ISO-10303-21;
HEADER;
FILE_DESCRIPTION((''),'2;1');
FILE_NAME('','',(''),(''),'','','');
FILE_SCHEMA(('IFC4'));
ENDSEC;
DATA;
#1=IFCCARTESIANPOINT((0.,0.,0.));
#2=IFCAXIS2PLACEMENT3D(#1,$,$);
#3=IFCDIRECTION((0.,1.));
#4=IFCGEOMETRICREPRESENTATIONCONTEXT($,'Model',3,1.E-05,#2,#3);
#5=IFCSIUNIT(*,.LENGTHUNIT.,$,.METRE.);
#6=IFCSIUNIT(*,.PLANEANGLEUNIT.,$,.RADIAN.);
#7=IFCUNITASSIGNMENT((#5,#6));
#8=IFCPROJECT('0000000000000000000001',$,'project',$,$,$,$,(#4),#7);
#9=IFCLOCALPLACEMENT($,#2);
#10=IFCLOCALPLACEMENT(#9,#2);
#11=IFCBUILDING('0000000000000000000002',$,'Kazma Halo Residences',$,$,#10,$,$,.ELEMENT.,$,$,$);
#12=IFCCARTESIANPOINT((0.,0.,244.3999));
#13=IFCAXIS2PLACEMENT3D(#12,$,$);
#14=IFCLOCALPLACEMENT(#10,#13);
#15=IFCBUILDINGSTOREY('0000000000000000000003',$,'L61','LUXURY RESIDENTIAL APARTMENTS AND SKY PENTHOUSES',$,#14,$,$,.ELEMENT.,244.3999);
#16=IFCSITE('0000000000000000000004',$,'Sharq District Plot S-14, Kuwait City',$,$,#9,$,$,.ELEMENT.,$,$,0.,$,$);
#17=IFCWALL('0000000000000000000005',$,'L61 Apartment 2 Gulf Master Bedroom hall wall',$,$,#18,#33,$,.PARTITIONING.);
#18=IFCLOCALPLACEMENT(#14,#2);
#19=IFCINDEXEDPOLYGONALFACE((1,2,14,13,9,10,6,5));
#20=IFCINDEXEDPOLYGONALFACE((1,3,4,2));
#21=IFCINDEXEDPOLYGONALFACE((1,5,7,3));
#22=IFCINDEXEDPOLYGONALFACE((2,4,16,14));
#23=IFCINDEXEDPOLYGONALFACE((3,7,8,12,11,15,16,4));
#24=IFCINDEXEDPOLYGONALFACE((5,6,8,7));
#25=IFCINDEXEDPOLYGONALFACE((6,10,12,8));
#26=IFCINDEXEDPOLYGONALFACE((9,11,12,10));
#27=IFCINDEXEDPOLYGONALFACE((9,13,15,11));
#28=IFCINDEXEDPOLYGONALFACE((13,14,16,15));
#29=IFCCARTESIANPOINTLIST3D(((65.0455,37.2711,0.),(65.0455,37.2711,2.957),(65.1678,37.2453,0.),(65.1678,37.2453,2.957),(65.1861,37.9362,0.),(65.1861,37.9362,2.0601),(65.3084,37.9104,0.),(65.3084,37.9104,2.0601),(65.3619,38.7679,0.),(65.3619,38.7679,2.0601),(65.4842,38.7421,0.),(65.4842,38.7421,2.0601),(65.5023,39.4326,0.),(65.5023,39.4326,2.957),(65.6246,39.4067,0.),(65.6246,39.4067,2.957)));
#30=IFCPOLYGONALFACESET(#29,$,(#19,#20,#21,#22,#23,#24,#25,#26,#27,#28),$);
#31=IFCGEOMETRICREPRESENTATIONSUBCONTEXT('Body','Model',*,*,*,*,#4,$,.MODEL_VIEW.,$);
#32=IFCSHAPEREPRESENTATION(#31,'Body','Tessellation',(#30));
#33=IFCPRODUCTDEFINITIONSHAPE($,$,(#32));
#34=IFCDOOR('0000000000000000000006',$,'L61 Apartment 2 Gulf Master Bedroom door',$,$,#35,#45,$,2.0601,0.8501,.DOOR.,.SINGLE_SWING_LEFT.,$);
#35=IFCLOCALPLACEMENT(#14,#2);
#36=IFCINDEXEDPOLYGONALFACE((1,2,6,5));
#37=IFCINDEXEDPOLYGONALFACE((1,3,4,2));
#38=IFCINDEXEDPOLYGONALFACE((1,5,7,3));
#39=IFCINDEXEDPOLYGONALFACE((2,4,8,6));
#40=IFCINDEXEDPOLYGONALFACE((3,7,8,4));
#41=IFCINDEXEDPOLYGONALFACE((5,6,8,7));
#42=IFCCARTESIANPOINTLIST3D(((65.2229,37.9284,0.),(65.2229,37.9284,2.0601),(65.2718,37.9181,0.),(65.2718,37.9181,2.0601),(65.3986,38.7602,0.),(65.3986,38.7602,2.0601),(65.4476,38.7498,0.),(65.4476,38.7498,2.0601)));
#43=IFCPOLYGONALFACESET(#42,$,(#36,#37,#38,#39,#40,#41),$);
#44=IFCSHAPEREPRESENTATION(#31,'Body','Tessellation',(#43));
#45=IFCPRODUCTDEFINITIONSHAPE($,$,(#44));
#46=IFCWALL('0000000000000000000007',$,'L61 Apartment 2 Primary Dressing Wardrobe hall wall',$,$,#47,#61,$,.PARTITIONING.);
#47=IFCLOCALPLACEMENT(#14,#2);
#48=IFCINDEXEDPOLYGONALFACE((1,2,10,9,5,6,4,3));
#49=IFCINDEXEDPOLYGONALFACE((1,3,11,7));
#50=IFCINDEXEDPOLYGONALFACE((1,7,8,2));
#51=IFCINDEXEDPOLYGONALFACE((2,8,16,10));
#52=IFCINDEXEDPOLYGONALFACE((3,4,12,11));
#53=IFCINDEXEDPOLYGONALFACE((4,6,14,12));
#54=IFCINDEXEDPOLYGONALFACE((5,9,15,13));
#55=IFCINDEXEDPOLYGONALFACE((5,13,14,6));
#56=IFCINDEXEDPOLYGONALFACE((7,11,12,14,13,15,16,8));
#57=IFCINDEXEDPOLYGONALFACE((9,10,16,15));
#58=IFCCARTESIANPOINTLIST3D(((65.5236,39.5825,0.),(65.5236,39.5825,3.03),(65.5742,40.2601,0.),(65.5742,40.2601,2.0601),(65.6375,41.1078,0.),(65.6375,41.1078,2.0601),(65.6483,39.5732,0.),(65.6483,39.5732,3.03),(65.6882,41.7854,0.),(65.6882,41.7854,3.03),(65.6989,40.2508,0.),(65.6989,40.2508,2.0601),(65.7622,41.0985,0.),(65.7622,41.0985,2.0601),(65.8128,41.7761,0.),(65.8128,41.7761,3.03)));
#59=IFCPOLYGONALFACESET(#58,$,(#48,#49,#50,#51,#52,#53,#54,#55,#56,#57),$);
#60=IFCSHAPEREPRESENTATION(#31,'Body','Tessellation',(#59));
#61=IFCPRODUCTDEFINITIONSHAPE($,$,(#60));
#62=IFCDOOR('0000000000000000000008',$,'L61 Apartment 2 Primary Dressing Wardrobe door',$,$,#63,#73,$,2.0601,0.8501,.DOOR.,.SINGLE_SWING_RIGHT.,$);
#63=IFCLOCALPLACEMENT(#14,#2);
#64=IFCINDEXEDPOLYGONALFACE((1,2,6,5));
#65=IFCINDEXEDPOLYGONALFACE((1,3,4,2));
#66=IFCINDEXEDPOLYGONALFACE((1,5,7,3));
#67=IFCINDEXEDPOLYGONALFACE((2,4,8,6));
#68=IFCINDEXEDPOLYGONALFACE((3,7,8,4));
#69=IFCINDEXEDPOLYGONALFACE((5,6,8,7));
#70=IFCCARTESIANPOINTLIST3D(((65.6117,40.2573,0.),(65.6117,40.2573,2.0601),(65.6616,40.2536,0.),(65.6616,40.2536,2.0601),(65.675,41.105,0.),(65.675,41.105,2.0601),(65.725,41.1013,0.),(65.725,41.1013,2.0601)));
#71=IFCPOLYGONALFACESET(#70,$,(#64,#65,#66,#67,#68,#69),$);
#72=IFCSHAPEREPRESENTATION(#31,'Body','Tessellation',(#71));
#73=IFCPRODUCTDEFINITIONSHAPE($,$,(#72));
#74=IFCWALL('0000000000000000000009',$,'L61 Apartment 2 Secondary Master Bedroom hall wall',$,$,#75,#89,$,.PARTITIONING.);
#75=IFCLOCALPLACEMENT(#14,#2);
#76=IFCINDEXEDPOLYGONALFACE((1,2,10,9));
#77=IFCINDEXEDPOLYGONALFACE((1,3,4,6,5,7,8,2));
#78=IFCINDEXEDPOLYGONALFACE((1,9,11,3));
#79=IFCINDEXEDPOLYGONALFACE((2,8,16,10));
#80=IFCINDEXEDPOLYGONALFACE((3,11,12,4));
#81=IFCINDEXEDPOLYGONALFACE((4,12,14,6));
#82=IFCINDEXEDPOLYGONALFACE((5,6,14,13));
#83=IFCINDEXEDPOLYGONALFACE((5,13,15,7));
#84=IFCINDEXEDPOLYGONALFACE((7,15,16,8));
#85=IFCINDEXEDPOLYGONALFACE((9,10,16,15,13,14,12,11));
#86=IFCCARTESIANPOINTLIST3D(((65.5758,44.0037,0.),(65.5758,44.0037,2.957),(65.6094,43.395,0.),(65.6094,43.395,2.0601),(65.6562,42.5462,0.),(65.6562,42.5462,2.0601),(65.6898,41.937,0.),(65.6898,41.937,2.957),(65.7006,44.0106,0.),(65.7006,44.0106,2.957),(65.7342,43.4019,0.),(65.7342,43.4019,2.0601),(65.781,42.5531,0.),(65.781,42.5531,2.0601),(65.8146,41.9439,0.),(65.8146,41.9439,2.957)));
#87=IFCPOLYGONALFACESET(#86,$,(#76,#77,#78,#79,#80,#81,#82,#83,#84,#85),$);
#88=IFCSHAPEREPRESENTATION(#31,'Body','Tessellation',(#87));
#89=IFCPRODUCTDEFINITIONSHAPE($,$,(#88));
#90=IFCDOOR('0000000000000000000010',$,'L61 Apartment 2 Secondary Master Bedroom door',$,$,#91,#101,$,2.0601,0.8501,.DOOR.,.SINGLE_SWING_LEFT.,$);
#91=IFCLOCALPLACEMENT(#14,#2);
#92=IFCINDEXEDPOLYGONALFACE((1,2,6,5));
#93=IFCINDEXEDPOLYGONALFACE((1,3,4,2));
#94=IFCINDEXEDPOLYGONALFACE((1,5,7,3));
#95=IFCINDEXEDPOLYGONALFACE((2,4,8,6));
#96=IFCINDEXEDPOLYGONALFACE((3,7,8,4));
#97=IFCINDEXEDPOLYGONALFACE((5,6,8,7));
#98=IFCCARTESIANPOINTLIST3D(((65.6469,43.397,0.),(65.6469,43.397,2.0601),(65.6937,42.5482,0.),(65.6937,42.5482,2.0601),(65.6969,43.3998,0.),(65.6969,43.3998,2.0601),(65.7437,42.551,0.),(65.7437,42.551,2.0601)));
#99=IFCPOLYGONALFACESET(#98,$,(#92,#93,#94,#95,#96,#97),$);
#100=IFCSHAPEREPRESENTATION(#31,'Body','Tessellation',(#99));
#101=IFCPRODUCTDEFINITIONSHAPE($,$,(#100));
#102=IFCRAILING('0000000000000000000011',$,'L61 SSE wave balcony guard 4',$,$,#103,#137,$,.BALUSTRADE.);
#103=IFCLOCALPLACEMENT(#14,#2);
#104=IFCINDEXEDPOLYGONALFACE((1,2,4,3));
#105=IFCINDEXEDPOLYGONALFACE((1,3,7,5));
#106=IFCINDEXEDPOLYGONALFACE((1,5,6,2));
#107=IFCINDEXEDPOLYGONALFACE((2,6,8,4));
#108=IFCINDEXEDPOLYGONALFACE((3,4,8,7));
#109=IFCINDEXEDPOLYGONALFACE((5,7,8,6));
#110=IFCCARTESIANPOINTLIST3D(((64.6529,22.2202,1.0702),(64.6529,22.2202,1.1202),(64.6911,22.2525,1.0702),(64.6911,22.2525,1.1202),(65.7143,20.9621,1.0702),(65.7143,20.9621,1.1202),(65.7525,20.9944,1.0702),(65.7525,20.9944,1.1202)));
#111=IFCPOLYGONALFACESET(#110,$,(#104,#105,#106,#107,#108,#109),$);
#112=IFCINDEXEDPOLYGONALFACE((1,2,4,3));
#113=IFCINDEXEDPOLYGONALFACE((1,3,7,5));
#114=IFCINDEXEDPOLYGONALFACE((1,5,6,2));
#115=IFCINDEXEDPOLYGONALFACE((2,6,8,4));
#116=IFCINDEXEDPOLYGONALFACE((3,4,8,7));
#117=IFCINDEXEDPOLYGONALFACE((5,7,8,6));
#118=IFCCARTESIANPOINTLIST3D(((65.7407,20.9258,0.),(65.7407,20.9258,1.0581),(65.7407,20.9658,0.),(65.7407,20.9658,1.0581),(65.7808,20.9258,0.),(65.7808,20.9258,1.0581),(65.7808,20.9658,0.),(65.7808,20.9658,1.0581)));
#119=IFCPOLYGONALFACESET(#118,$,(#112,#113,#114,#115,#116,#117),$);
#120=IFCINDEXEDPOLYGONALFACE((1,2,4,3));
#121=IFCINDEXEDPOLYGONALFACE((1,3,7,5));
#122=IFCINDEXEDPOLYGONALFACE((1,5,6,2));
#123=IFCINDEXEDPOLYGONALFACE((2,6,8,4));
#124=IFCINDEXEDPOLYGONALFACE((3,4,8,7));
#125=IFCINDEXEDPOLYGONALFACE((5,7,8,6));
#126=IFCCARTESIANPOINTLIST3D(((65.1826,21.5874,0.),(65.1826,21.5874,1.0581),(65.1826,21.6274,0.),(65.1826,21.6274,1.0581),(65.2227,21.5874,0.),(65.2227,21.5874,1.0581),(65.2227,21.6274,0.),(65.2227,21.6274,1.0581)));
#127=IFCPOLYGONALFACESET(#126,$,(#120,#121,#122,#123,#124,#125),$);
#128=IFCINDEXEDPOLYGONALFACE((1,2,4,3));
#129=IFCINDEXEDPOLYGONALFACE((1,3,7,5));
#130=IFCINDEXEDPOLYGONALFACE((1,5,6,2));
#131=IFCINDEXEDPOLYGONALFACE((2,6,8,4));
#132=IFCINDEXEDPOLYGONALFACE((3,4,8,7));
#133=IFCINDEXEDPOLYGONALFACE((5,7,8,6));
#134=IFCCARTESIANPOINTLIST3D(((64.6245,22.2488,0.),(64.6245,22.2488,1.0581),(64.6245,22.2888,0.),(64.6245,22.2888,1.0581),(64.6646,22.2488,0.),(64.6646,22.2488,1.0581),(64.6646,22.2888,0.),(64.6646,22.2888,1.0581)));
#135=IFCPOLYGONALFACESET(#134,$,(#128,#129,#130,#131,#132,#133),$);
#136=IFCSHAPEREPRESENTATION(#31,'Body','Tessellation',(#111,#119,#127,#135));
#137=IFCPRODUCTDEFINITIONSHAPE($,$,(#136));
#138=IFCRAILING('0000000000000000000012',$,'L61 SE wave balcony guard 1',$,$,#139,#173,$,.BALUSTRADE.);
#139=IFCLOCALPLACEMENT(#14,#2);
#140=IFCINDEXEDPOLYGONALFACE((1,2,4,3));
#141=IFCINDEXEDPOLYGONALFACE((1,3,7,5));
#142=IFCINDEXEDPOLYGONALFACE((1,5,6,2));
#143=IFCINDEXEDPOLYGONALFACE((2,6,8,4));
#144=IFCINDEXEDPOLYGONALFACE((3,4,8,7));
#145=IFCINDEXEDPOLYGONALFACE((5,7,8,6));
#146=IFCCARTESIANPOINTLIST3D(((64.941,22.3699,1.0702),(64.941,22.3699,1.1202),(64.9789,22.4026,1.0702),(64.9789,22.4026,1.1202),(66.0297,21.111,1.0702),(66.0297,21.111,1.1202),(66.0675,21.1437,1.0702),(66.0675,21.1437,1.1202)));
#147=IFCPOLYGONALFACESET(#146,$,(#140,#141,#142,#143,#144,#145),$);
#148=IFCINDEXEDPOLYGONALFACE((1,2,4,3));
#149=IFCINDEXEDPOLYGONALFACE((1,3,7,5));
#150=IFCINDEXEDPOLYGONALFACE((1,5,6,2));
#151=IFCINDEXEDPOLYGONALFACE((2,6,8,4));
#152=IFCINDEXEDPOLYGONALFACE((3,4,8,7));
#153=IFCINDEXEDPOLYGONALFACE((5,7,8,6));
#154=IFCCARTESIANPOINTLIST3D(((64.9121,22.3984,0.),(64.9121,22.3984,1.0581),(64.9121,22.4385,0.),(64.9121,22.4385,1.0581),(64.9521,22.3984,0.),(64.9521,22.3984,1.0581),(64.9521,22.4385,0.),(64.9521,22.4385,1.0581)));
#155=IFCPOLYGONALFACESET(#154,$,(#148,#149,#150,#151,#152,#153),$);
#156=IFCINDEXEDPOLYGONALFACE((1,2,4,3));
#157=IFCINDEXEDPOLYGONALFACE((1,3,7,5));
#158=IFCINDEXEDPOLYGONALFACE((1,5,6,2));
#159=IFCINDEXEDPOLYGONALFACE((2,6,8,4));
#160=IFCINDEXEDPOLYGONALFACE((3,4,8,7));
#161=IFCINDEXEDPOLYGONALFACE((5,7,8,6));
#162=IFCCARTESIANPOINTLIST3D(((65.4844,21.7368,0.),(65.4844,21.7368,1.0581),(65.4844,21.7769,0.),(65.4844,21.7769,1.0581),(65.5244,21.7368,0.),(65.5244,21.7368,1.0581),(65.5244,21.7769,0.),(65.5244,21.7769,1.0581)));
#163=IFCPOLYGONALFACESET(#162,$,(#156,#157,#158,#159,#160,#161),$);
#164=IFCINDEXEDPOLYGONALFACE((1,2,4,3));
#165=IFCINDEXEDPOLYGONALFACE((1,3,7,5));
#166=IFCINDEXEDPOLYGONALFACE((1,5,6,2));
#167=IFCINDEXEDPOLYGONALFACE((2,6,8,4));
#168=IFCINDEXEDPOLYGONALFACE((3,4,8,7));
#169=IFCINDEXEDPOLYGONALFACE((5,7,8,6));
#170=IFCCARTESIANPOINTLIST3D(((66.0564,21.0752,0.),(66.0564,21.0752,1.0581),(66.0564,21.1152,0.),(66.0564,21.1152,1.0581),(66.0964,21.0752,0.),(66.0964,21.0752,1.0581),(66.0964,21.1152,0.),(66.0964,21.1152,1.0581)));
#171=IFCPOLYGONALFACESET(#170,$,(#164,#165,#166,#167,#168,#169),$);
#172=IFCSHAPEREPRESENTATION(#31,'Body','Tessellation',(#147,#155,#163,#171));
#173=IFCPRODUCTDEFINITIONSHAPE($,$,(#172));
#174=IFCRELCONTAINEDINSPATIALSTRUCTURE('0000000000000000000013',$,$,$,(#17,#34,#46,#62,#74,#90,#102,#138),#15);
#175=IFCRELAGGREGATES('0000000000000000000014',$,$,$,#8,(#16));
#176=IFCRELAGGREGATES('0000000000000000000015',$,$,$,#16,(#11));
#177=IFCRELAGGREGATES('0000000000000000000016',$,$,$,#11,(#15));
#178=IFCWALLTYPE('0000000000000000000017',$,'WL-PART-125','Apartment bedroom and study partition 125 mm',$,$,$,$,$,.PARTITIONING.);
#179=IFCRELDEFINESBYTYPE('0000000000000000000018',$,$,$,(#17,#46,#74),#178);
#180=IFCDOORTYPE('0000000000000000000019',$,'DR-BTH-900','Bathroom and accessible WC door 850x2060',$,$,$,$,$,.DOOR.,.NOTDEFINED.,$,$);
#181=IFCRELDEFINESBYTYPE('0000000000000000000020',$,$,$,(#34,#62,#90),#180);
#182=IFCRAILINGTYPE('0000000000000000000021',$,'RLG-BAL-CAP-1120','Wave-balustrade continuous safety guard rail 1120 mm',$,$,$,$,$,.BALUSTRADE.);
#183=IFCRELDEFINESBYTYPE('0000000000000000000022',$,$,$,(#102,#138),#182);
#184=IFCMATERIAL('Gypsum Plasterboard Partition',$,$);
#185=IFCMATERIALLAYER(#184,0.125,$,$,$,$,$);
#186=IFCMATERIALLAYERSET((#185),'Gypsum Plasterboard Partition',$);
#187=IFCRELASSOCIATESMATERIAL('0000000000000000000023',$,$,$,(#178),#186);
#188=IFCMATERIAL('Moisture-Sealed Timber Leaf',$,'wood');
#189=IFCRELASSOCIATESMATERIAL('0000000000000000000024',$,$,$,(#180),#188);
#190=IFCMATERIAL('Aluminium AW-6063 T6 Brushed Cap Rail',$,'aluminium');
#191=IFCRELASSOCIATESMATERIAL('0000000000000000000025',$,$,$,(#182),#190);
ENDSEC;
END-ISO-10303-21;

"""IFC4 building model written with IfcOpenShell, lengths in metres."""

from ifc_helpers import new_model, si_unit, direction, frame, frame_2d, origin, origin_2d, place, context, subcontext, project, spatial, rectangle, extrude, material, layer, layer_set, type_object, element, fill, save


model = new_model("IFC4")

# Units and contexts
model_context = context("Model", 3, precision=1e-05, world=origin(), true_north=direction((0.0, 1.0)))
body_context = subcontext(model_context, "Body", "Model", "MODEL_VIEW")
ifc_project = project(units=[si_unit("LENGTHUNIT", "METRE"), si_unit("PLANEANGLEUNIT", "RADIAN")], contexts=[model_context])

# Site, building, storey
site_placement = place(None, origin())
site = spatial("IfcSite", under=ifc_project, at=site_placement, Name="Sharq District Plot S-14, Kuwait City", CompositionType="ELEMENT", RefElevation=0.0)
building_placement = place(site_placement, origin())
building = spatial("IfcBuilding", under=site, at=building_placement, Name="Kazma Halo Residences", CompositionType="ELEMENT")
storey_placement = place(building_placement, frame((0.0, 0.0, 244.3999)))
storey = spatial("IfcBuildingStorey", under=building, at=storey_placement, Name="L61", Description="LUXURY RESIDENTIAL APARTMENTS AND SKY PENTHOUSES", CompositionType="ELEMENT", Elevation=244.3999)

# Shared definitions
ifc_material_1 = material(Name="Gypsum Plasterboard Partition")
ifc_layer_1 = layer(ifc_material_1, 0.125)
ifc_layer_set_1 = layer_set([ifc_layer_1], Name="Gypsum Plasterboard Partition")
wall_type_1 = type_object("IfcWallType", Name="WL-PART-125", Description="Apartment bedroom and study partition 125 mm", PredefinedType="PARTITIONING", material=ifc_layer_set_1)

# Shared definitions
ifc_material_2 = material(Name="Moisture-Sealed Timber Leaf", Category="wood")
door_type_1 = type_object("IfcDoorType", Name="DR-BTH-900", Description="Bathroom and accessible WC door 850x2060", OperationType="NOTDEFINED", PredefinedType="DOOR", material=ifc_material_2)

# Walls, openings, doors
wall_1_placement = place(storey_placement, frame((65.1067, 37.2583, 0.0), z_axis=(0.0, 0.0, 1.0), x_axis=(0.206773, 0.978389, 0.0)))
wall_1 = element("IfcWall", 1, at=wall_1_placement, inside=storey, type_object=wall_type_1, Name="L61 Apartment 2 Gulf Master Bedroom hall wall", PredefinedType="PARTITIONING", context=body_context, shape_type="SweptSolid", body=[
    extrude(rectangle(XDim=2.2092, YDim=0.125, at=frame_2d((1.1045, 0.0))), origin(), (0.0, 0.0, 1.0), 2.957),
])
opening_1_placement = place(wall_1_placement, frame((0.6797, 0.0, 0.0)))
opening_1 = element("IfcOpeningElement", 2, at=opening_1_placement, cuts=wall_1, PredefinedType="OPENING", context=body_context, shape_type="SweptSolid", body=[
    extrude(rectangle(XDim=0.8501, YDim=2.0601, at=frame_2d((0.425, 1.03))), frame((0.0, 0.0725, 0.0), z_axis=(0.0, -1.0, 0.0), x_axis=(1.0, 0.0, 0.0)), (0.0, 0.0, 1.0), 0.145),
])
door_1_placement = place(opening_1_placement, origin())
door_1 = element("IfcDoor", 3, at=door_1_placement, inside=storey, type_object=door_type_1, Name="L61 Apartment 2 Gulf Master Bedroom door", OperationType="SINGLE_SWING_LEFT", OverallHeight=2.0601, OverallWidth=0.8501, PredefinedType="DOOR", context=body_context, shape_type="SweptSolid", body=[
    extrude(rectangle(XDim=0.8501, YDim=2.0601, at=frame_2d((0.425, 1.03))), frame((0.0, 0.0249, 0.0), z_axis=(0.0, -1.0, 0.0), x_axis=(1.0, 0.0, 0.0)), (0.0, 0.0, 1.0), 0.05),
])
fill(opening_1, door_1)
wall_2_placement = place(storey_placement, frame((65.5859, 39.5779, 0.0), z_axis=(0.0, 0.0, 1.0), x_axis=(0.07449, 0.997222, 0.0)))
wall_2 = element("IfcWall", 4, at=wall_2_placement, inside=storey, type_object=wall_type_1, Name="L61 Apartment 2 Primary Dressing Wardrobe hall wall", PredefinedType="PARTITIONING", context=body_context, shape_type="SweptSolid", body=[
    extrude(rectangle(XDim=2.209, YDim=0.125, at=frame_2d((1.1045, 0.0))), origin(), (0.0, 0.0, 1.0), 3.03),
])
opening_2_placement = place(wall_2_placement, frame((0.6794, 0.0, 0.0)))
opening_2 = element("IfcOpeningElement", 5, at=opening_2_placement, cuts=wall_2, PredefinedType="OPENING", context=body_context, shape_type="SweptSolid", body=[
    extrude(rectangle(XDim=0.8501, YDim=2.0601, at=frame_2d((0.425, 1.03))), frame((0.0, 0.0725, 0.0), z_axis=(0.0, -1.0, 0.0), x_axis=(1.0, 0.0, 0.0)), (0.0, 0.0, 1.0), 0.145),
])
door_2_placement = place(opening_2_placement, origin())
door_2 = element("IfcDoor", 6, at=door_2_placement, inside=storey, type_object=door_type_1, Name="L61 Apartment 2 Primary Dressing Wardrobe door", OperationType="SINGLE_SWING_RIGHT", OverallHeight=2.0601, OverallWidth=0.8501, PredefinedType="DOOR", context=body_context, shape_type="SweptSolid", body=[
    extrude(rectangle(XDim=0.8501, YDim=2.0601, at=frame_2d((0.425, 1.03))), frame((0.0, 0.0249, 0.0), z_axis=(0.0, -1.0, 0.0), x_axis=(1.0, 0.0, 0.0)), (0.0, 0.0, 1.0), 0.05),
])
fill(opening_2, door_2)
wall_3_placement = place(storey_placement, frame((65.7522, 41.9404, 0.0), z_axis=(0.0, 0.0, 1.0), x_axis=(-0.055085, 0.998482, 0.0)))
wall_3 = element("IfcWall", 7, at=wall_3_placement, inside=storey, type_object=wall_type_1, Name="L61 Apartment 2 Secondary Master Bedroom hall wall", PredefinedType="PARTITIONING", context=body_context, shape_type="SweptSolid", body=[
    extrude(rectangle(XDim=2.0698, YDim=0.125, at=frame_2d((1.0349, 0.0))), origin(), (0.0, 0.0, 1.0), 2.957),
])
opening_3_placement = place(wall_3_placement, frame((0.6101, 0.0, 0.0)))
opening_3 = element("IfcOpeningElement", 8, at=opening_3_placement, cuts=wall_3, PredefinedType="OPENING", context=body_context, shape_type="SweptSolid", body=[
    extrude(rectangle(XDim=0.8501, YDim=2.0601, at=frame_2d((0.425, 1.03))), frame((0.0, 0.0725, 0.0), z_axis=(0.0, -1.0, 0.0), x_axis=(1.0, 0.0, 0.0)), (0.0, 0.0, 1.0), 0.145),
])
door_3_placement = place(opening_3_placement, origin())
door_3 = element("IfcDoor", 9, at=door_3_placement, inside=storey, type_object=door_type_1, Name="L61 Apartment 2 Secondary Master Bedroom door", OperationType="SINGLE_SWING_LEFT", OverallHeight=2.0601, OverallWidth=0.8501, PredefinedType="DOOR", context=body_context, shape_type="SweptSolid", body=[
    extrude(rectangle(XDim=0.8501, YDim=2.0601, at=frame_2d((0.425, 1.03))), frame((0.0, 0.0249, 0.0), z_axis=(0.0, -1.0, 0.0), x_axis=(1.0, 0.0, 0.0)), (0.0, 0.0, 1.0), 0.05),
])
fill(opening_3, door_3)

# Railings
ifc_material_3 = material(Name="Aluminium AW-6063 T6 Brushed Cap Rail", Category="aluminium")
railing_type = type_object("IfcRailingType", Name="RLG-BAL-CAP-1120", Description="Wave-balustrade continuous safety guard rail 1120 mm", PredefinedType="BALUSTRADE", material=ifc_material_3)
railing_1_placement = place(storey_placement, frame((65.7607, 20.9458, 0.0)))
element("IfcRailing", 10, at=railing_1_placement, inside=storey, type_object=railing_type, Name="L61 SSE wave balcony guard 4", PredefinedType="BALUSTRADE", context=body_context, shape_type="SweptSolid", body=[
    extrude(rectangle(XDim=0.05, YDim=0.05, at=origin_2d()), frame((-0.0273, 0.0325, 1.0952), z_axis=(-0.644848, 0.764311, 0.0), x_axis=(-0.764311, -0.644848, 0.0)), (0.0, 0.0, 1.0), 1.646),
    extrude(rectangle(XDim=0.04, YDim=0.04, at=origin_2d()), origin(), (0.0, 0.0, 1.0), 1.0581),
    extrude(rectangle(XDim=0.04, YDim=0.04, at=origin_2d()), frame((-0.5581, 0.6616, 0.0)), (0.0, 0.0, 1.0), 1.0581),
    extrude(rectangle(XDim=0.04, YDim=0.04, at=origin_2d()), frame((-1.1162, 1.323, 0.0)), (0.0, 0.0, 1.0), 1.0581),
])
railing_2_placement = place(storey_placement, frame((64.9321, 22.4185, 0.0)))
element("IfcRailing", 11, at=railing_2_placement, inside=storey, type_object=railing_type, Name="L61 SE wave balcony guard 1", PredefinedType="BALUSTRADE", context=body_context, shape_type="SweptSolid", body=[
    extrude(rectangle(XDim=0.05, YDim=0.05, at=origin_2d()), frame((0.0278, -0.0322, 1.0952), z_axis=(0.654107, -0.756402, 0.0), x_axis=(0.756402, 0.654107, 0.0)), (0.0, 0.0, 1.0), 1.6643),
    extrude(rectangle(XDim=0.04, YDim=0.04, at=origin_2d()), origin(), (0.0, 0.0, 1.0), 1.0581),
    extrude(rectangle(XDim=0.04, YDim=0.04, at=origin_2d()), frame((0.5723, -0.6616, 0.0)), (0.0, 0.0, 1.0), 1.0581),
    extrude(rectangle(XDim=0.04, YDim=0.04, at=origin_2d()), frame((1.1443, -1.3232, 0.0)), (0.0, 0.0, 1.0), 1.0581),
])

save(model, "model.ifc")
